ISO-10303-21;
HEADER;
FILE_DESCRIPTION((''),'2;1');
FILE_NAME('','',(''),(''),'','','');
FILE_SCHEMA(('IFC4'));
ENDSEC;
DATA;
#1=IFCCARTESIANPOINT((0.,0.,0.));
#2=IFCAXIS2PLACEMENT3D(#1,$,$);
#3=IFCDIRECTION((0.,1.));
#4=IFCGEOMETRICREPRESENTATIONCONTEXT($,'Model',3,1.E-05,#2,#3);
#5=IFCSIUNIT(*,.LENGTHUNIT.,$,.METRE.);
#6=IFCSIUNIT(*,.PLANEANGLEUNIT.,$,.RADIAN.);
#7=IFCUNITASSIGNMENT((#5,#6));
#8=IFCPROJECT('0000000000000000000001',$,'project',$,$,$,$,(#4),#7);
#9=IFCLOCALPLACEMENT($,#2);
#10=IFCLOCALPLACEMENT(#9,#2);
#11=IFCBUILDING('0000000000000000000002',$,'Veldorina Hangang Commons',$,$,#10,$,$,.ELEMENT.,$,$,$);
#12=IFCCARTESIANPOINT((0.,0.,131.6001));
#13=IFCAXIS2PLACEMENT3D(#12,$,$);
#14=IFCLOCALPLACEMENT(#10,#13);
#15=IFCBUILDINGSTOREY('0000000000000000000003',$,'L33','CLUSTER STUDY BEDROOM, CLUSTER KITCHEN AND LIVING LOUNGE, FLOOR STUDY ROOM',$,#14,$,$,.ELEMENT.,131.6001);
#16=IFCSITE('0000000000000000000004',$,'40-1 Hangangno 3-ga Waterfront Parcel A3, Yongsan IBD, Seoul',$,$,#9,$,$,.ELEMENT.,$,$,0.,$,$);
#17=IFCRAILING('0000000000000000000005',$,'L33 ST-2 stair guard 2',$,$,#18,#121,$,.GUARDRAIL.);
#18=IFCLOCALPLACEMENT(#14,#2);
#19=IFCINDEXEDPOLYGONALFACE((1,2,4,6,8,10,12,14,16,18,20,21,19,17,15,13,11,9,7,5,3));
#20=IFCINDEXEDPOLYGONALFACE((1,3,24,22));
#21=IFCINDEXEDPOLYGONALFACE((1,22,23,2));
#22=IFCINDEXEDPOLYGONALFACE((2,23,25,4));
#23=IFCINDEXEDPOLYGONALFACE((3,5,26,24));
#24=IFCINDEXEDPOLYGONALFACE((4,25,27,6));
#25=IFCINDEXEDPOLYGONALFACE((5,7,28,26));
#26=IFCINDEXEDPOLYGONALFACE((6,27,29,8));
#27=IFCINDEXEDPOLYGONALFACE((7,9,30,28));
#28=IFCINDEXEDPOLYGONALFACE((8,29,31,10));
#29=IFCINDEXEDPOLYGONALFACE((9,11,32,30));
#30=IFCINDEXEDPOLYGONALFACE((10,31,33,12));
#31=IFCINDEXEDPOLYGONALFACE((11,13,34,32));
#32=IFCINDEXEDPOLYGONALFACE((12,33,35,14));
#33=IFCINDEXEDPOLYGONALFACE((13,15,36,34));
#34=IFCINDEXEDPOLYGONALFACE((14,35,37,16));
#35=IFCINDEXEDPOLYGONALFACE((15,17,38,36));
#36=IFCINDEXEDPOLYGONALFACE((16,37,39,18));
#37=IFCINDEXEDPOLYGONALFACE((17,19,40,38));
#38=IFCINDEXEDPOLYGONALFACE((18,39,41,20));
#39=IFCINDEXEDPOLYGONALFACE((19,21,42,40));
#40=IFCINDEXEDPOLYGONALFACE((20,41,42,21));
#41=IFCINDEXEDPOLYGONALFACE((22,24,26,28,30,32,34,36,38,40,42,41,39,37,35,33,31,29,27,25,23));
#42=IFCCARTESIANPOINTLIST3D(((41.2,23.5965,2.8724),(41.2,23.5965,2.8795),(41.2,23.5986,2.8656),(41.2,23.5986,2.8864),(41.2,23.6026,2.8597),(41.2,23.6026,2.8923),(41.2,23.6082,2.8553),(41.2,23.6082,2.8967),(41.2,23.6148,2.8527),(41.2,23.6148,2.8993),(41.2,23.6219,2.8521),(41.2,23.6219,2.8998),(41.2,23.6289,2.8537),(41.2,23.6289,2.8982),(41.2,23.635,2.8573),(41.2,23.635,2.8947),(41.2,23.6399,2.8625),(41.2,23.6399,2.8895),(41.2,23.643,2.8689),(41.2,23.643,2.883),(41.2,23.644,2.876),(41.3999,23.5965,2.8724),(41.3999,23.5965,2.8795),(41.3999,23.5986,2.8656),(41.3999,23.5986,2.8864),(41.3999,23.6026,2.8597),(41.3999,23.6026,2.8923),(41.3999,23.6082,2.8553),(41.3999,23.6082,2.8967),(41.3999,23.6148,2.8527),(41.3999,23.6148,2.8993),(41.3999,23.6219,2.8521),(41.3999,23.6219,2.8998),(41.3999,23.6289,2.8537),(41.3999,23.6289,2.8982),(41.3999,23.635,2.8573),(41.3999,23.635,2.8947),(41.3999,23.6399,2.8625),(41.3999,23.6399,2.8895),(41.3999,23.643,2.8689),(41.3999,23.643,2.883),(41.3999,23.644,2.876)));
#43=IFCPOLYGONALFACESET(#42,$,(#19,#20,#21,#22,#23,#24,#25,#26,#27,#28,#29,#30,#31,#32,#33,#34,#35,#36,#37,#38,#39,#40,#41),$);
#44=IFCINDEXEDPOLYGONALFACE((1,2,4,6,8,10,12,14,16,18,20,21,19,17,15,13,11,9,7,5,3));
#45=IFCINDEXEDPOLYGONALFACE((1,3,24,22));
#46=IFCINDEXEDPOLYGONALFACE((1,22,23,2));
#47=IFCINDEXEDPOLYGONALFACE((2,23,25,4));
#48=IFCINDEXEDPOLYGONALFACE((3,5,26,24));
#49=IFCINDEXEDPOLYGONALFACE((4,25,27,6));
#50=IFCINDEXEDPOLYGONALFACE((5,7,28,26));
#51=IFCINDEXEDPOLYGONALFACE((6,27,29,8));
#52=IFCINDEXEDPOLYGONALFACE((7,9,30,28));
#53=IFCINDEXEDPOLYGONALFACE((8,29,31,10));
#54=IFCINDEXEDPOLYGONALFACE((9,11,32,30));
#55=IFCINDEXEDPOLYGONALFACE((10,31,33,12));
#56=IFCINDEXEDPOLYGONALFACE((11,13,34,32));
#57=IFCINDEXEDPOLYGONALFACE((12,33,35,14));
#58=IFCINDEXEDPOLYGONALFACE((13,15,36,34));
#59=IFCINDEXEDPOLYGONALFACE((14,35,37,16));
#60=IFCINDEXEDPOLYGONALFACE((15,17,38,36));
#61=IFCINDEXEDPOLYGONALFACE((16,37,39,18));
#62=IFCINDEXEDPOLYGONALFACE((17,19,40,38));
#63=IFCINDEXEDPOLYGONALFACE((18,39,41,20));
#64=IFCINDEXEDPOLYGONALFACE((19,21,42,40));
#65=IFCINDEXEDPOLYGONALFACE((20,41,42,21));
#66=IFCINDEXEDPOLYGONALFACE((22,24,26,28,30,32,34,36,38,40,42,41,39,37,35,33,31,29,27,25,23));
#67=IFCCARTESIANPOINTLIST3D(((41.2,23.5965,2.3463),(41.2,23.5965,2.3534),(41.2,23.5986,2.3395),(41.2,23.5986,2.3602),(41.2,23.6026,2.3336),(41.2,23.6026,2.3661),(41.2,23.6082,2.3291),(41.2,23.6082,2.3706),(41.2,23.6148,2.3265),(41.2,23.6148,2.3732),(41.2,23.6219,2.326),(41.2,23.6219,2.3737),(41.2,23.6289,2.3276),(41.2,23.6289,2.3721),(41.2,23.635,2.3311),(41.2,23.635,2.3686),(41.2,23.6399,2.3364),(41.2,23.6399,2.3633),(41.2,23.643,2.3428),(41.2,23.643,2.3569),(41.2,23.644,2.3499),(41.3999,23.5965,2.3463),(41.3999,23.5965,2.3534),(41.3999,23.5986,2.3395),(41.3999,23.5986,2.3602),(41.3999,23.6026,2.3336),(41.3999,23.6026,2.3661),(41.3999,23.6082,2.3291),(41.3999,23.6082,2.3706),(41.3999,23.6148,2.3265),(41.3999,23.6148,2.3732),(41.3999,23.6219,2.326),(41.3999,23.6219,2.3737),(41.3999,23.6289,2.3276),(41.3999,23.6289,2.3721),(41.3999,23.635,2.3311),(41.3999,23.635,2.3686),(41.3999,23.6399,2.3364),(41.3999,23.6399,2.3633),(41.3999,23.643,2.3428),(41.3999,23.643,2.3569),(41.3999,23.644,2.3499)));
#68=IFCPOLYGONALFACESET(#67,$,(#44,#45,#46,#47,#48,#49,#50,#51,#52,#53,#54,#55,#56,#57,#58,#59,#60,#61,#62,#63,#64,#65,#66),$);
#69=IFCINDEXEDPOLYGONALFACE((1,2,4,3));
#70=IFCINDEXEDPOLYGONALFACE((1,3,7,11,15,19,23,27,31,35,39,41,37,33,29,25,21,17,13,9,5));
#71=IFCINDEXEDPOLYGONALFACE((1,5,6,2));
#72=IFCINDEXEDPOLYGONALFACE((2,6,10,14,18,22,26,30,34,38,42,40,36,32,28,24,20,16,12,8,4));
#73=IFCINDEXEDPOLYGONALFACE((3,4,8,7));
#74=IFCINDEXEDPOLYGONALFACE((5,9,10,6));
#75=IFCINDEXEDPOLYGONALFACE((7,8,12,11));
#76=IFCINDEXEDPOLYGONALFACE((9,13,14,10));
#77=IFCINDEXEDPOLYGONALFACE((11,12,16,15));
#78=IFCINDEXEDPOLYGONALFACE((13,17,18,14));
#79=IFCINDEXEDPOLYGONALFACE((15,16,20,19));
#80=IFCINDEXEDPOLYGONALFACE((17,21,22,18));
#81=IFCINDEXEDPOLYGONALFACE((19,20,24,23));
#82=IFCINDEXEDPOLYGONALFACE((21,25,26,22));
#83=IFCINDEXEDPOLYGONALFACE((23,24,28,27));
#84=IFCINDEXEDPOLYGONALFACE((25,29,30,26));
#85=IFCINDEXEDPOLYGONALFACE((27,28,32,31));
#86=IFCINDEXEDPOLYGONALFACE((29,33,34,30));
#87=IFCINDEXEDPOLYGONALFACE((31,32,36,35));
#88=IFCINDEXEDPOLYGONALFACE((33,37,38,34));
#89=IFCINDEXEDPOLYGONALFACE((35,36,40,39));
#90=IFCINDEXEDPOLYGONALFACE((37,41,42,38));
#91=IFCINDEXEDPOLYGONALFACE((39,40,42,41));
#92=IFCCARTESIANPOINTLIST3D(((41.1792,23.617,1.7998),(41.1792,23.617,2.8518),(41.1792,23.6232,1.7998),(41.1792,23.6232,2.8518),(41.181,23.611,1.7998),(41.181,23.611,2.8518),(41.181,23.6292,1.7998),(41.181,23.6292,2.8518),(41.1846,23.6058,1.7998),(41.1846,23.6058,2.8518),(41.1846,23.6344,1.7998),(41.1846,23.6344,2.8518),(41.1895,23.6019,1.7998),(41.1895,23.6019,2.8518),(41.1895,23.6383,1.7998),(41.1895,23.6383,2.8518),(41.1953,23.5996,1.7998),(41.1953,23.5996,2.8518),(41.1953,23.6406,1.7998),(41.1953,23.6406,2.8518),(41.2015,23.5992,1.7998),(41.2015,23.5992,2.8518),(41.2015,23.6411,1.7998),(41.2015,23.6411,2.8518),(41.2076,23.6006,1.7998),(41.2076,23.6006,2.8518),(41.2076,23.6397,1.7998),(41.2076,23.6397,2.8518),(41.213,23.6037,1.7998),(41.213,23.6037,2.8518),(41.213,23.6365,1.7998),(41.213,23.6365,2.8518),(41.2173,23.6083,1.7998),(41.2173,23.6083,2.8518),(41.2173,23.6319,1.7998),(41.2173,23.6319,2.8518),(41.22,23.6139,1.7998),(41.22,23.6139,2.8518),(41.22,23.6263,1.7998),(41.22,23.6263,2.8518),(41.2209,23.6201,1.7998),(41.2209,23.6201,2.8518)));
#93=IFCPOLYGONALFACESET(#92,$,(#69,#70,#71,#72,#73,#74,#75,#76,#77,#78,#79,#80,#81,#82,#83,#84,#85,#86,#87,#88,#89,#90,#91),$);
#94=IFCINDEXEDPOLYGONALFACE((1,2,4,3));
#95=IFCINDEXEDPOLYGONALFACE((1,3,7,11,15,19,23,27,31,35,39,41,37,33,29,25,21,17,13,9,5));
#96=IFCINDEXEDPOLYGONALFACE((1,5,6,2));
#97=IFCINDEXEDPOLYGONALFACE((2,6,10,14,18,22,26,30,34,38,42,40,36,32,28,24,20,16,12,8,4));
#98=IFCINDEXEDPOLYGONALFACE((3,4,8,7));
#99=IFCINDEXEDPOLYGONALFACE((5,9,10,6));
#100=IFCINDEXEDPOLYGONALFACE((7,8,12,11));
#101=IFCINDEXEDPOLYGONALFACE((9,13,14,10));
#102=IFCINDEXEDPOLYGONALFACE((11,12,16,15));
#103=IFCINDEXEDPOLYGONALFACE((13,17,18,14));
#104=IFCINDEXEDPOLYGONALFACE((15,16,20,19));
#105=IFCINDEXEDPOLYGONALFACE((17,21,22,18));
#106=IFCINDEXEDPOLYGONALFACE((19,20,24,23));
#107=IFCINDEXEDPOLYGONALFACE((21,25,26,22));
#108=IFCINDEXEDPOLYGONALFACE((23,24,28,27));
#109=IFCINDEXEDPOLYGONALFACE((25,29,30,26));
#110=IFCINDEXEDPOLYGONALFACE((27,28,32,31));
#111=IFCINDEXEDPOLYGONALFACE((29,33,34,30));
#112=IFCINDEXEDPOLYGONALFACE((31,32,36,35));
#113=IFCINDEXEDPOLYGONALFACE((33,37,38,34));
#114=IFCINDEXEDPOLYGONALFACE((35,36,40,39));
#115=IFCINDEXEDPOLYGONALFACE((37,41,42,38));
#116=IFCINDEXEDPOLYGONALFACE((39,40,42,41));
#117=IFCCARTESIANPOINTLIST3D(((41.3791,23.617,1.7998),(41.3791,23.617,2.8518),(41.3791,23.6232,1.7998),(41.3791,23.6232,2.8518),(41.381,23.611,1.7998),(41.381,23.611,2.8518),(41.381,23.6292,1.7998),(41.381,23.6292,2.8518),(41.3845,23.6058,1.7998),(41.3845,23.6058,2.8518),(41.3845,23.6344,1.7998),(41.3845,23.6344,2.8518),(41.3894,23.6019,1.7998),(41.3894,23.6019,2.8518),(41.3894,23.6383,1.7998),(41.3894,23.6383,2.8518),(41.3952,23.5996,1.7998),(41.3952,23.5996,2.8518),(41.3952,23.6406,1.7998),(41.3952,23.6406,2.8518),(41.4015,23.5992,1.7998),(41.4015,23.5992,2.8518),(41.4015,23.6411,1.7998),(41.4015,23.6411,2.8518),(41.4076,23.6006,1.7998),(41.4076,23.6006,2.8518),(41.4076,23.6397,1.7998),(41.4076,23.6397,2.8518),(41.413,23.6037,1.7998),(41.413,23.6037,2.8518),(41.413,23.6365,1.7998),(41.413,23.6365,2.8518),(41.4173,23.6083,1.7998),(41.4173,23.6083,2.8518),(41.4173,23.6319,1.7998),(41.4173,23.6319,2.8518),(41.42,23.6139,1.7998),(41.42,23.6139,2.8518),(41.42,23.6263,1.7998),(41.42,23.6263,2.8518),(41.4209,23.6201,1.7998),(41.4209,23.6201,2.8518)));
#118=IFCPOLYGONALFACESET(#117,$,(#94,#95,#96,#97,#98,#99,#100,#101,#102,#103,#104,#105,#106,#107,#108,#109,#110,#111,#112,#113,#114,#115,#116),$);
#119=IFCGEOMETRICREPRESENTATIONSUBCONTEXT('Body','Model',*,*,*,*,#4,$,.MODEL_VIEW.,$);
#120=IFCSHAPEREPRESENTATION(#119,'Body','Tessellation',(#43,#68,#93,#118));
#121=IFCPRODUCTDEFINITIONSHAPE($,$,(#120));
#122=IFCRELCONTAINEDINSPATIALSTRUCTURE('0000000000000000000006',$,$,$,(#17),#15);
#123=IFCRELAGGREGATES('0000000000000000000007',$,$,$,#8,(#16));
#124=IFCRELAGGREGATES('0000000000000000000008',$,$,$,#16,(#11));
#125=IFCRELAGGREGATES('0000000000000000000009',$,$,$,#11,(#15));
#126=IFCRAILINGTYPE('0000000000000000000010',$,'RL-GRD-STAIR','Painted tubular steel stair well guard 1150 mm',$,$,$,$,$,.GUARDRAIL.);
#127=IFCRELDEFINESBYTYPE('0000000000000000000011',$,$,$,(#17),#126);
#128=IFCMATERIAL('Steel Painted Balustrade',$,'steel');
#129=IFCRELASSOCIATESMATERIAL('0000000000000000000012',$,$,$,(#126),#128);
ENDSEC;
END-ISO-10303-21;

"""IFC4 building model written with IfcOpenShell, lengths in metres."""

from ifc_helpers import new_model, si_unit, direction, frame, origin, origin_2d, place, context, subcontext, project, spatial, circle, extrude, material, type_object, element, save


model = new_model("IFC4")

# Units and contexts
model_context = context("Model", 3, precision=1e-05, world=origin(), true_north=direction((0.0, 1.0)))
body_context = subcontext(model_context, "Body", "Model", "MODEL_VIEW")
ifc_project = project(units=[si_unit("LENGTHUNIT", "METRE"), si_unit("PLANEANGLEUNIT", "RADIAN")], contexts=[model_context])

# Site, building, storey
site_placement = place(None, origin())
site = spatial("IfcSite", under=ifc_project, at=site_placement, Name="40-1 Hangangno 3-ga Waterfront Parcel A3, Yongsan IBD, Seoul", CompositionType="ELEMENT", RefElevation=0.0)
building_placement = place(site_placement, origin())
building = spatial("IfcBuilding", under=site, at=building_placement, Name="Veldorina Hangang Commons", CompositionType="ELEMENT")
storey_placement = place(building_placement, frame((0.0, 0.0, 131.6001)))
storey = spatial("IfcBuildingStorey", under=building, at=storey_placement, Name="L33", Description="CLUSTER STUDY BEDROOM, CLUSTER KITCHEN AND LIVING LOUNGE, FLOOR STUDY ROOM", CompositionType="ELEMENT", Elevation=131.6001)

# Railing
ifc_material_1 = material(Name="Steel Painted Balustrade", Category="steel")
railing_type_1 = type_object("IfcRailingType", Name="RL-GRD-STAIR", Description="Painted tubular steel stair well guard 1150 mm", PredefinedType="GUARDRAIL", material=ifc_material_1)
railing_1_placement = place(storey_placement, frame((41.2, 23.6201, 1.7998)))
element("IfcRailing", 1, at=railing_1_placement, inside=storey, type_object=railing_type_1, Name="L33 ST-2 stair guard 2", PredefinedType="GUARDRAIL", context=body_context, shape_type="SweptSolid", body=[
    extrude(circle(Radius=0.0239, at=origin_2d()), frame((0.0, 0.0, 1.0762), z_axis=(1.0, 0.0, 0.0), x_axis=(0.0, 1.0, 0.0)), (0.0, 0.0, 1.0), 0.2),
    extrude(circle(Radius=0.0239, at=origin_2d()), frame((0.0, 0.0, 0.55), z_axis=(1.0, 0.0, 0.0), x_axis=(0.0, 1.0, 0.0)), (0.0, 0.0, 1.0), 0.2),
    extrude(circle(Radius=0.021, at=origin_2d()), origin(), (0.0, 0.0, 1.0), 1.052),
    extrude(circle(Radius=0.021, at=origin_2d()), frame((0.2, 0.0, 0.0)), (0.0, 0.0, 1.0), 1.052),
])

save(model, "model.ifc")
